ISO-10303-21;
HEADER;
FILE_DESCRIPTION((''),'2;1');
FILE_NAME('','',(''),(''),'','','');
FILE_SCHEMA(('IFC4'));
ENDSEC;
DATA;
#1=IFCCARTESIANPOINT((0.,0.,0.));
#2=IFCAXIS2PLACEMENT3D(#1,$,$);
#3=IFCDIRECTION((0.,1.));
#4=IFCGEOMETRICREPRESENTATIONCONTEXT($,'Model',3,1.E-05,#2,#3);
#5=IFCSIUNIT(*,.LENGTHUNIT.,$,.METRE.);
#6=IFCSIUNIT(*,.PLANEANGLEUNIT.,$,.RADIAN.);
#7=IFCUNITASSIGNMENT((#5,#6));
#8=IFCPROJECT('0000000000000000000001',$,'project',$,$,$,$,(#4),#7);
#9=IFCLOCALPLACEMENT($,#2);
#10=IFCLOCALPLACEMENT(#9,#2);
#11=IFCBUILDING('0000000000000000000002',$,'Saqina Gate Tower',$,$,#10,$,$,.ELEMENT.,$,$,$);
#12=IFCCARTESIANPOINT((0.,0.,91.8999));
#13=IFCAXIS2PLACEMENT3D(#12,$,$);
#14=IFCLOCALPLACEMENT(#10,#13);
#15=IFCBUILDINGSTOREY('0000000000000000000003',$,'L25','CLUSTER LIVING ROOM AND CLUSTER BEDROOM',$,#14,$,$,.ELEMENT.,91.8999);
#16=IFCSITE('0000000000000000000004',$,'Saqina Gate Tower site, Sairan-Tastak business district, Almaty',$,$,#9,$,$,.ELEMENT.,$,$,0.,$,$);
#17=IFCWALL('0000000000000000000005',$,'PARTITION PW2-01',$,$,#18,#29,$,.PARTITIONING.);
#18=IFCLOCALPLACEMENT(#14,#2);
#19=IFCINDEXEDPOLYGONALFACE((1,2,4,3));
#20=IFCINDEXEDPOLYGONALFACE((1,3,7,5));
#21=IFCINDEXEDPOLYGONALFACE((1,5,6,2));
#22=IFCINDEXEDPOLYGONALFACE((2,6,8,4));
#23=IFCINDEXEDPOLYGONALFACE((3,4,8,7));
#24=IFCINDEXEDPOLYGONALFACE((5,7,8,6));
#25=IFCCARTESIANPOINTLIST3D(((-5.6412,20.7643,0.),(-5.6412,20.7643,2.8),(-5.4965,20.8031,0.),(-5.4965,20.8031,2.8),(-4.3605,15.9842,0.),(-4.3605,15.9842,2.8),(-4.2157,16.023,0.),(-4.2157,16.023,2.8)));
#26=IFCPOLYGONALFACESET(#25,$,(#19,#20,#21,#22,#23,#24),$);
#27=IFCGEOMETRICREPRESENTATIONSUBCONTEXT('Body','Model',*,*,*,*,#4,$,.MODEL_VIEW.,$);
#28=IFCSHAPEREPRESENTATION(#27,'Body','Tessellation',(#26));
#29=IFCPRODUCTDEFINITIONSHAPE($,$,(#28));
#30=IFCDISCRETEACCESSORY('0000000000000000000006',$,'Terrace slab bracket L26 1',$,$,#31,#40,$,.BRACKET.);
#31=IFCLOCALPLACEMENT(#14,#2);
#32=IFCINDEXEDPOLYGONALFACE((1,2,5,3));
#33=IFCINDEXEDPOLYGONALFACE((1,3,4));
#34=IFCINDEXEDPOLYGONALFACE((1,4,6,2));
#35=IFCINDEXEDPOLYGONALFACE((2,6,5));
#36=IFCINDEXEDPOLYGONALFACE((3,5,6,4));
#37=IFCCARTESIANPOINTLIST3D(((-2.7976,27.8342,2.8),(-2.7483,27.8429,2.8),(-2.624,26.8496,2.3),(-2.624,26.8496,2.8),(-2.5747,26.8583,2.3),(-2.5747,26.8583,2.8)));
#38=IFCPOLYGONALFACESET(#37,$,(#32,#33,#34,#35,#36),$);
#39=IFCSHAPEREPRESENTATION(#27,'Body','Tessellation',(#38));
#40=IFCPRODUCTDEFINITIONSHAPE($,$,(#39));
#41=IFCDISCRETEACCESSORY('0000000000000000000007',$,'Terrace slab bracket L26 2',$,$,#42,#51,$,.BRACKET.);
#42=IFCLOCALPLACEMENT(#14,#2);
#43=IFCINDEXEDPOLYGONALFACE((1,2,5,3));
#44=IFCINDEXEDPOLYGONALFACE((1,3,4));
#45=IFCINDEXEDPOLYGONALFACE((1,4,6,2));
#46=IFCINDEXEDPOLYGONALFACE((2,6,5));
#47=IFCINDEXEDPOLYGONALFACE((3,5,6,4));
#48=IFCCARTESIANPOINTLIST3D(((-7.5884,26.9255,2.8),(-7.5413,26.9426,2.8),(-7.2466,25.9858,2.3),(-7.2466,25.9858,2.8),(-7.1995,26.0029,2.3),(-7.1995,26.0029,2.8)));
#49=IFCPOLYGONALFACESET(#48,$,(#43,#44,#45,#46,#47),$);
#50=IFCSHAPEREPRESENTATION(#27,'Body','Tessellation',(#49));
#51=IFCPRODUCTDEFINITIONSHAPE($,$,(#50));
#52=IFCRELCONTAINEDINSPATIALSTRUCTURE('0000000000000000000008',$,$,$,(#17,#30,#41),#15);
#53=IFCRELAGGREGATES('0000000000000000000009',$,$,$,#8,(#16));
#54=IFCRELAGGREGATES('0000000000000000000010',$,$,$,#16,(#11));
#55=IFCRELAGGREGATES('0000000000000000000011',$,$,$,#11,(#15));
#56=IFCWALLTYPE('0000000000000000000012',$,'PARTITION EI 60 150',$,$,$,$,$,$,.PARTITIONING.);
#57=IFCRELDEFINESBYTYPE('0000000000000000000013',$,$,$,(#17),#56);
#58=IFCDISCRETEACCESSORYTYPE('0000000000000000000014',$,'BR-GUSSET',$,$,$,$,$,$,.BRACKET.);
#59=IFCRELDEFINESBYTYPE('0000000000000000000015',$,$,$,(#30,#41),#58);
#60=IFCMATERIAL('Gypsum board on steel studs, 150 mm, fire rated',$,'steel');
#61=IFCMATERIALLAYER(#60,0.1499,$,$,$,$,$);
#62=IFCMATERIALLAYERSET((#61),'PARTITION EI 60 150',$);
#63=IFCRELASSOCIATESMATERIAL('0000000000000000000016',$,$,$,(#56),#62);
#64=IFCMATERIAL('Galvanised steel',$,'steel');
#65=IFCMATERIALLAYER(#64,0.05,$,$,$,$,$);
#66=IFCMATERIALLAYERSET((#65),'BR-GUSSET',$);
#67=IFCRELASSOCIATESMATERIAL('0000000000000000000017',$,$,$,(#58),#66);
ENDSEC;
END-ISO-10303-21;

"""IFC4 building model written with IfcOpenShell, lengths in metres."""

from ifc_helpers import new_model, si_unit, direction, frame, frame_2d, origin, place, context, subcontext, project, spatial, polyline, rectangle, outline, extrude, material, layer, layer_set, type_object, element, save


model = new_model("IFC4")

# Units and contexts
model_context = context("Model", 3, precision=1e-05, world=origin(), true_north=direction((0.0, 1.0)))
body_context = subcontext(model_context, "Body", "Model", "MODEL_VIEW")
ifc_project = project(units=[si_unit("LENGTHUNIT", "METRE"), si_unit("PLANEANGLEUNIT", "RADIAN")], contexts=[model_context])

# Site, building, storey
site_placement = place(None, origin())
site = spatial("IfcSite", under=ifc_project, at=site_placement, Name="Saqina Gate Tower site, Sairan-Tastak business district, Almaty", CompositionType="ELEMENT", RefElevation=0.0)
building_placement = place(site_placement, origin())
building = spatial("IfcBuilding", under=site, at=building_placement, Name="Saqina Gate Tower", CompositionType="ELEMENT")
storey_placement = place(building_placement, frame((0.0, 0.0, 91.8999)))
storey = spatial("IfcBuildingStorey", under=building, at=storey_placement, Name="L25", Description="CLUSTER LIVING ROOM AND CLUSTER BEDROOM", CompositionType="ELEMENT", Elevation=91.8999)

# Wall
ifc_material_1 = material(Name="Gypsum board on steel studs, 150 mm, fire rated", Category="steel")
ifc_layer_1 = layer(ifc_material_1, 0.1499)
ifc_layer_set_1 = layer_set([ifc_layer_1], Name="PARTITION EI 60 150")
wall_type_1 = type_object("IfcWallType", Name="PARTITION EI 60 150", PredefinedType="PARTITIONING", material=ifc_layer_set_1)
wall_1_placement = place(storey_placement, frame((-5.5688, 20.7837, 0.0), z_axis=(0.0, 0.0, 1.0), x_axis=(0.258811, -0.965928, 0.0)))
element("IfcWall", 1, at=wall_1_placement, inside=storey, type_object=wall_type_1, Name="PARTITION PW2-01", PredefinedType="PARTITIONING", context=body_context, shape_type="SweptSolid", body=[
    extrude(rectangle(XDim=4.9487, YDim=0.1499, at=frame_2d((2.4744, 0.0))), origin(), (0.0, 0.0, 1.0), 2.8),
])

# Discrete accessories
ifc_material_2 = material(Name="Galvanised steel", Category="steel")
ifc_layer_2 = layer(ifc_material_2, 0.05)
ifc_layer_set_2 = layer_set([ifc_layer_2], Name="BR-GUSSET")
discrete_accessory_type = type_object("IfcDiscreteAccessoryType", Name="BR-GUSSET", PredefinedType="BRACKET", material=ifc_layer_set_2)
discrete_accessory_1_placement = place(storey_placement, frame((-2.624, 26.8496, 2.3), z_axis=(-0.984813, -0.173618, 0.0), x_axis=(0.0, 0.0, 1.0)))
element("IfcDiscreteAccessory", 2, at=discrete_accessory_1_placement, inside=storey, type_object=discrete_accessory_type, Name="Terrace slab bracket L26 1", PredefinedType="BRACKET", context=body_context, shape_type="SweptSolid", body=[
    extrude(outline(polyline([(0.0, 0.0), (0.5, 0.0), (0.5, 0.9998), (0.0, 0.0)])), origin(), (0.0, 0.0, -1.0), 0.05),
])
discrete_accessory_2_placement = place(storey_placement, frame((-7.2466, 25.9858, 2.3), z_axis=(-0.939765, -0.341821, 0.0), x_axis=(0.0, 0.0, 1.0)))
element("IfcDiscreteAccessory", 3, at=discrete_accessory_2_placement, inside=storey, type_object=discrete_accessory_type, Name="Terrace slab bracket L26 2", PredefinedType="BRACKET", context=body_context, shape_type="SweptSolid", body=[
    extrude(outline(polyline([(0.0, 0.0), (0.5, 0.0), (0.5, 0.9999), (0.0, 0.0)])), origin(), (0.0, 0.0, -1.0), 0.05),
])

save(model, "model.ifc")
